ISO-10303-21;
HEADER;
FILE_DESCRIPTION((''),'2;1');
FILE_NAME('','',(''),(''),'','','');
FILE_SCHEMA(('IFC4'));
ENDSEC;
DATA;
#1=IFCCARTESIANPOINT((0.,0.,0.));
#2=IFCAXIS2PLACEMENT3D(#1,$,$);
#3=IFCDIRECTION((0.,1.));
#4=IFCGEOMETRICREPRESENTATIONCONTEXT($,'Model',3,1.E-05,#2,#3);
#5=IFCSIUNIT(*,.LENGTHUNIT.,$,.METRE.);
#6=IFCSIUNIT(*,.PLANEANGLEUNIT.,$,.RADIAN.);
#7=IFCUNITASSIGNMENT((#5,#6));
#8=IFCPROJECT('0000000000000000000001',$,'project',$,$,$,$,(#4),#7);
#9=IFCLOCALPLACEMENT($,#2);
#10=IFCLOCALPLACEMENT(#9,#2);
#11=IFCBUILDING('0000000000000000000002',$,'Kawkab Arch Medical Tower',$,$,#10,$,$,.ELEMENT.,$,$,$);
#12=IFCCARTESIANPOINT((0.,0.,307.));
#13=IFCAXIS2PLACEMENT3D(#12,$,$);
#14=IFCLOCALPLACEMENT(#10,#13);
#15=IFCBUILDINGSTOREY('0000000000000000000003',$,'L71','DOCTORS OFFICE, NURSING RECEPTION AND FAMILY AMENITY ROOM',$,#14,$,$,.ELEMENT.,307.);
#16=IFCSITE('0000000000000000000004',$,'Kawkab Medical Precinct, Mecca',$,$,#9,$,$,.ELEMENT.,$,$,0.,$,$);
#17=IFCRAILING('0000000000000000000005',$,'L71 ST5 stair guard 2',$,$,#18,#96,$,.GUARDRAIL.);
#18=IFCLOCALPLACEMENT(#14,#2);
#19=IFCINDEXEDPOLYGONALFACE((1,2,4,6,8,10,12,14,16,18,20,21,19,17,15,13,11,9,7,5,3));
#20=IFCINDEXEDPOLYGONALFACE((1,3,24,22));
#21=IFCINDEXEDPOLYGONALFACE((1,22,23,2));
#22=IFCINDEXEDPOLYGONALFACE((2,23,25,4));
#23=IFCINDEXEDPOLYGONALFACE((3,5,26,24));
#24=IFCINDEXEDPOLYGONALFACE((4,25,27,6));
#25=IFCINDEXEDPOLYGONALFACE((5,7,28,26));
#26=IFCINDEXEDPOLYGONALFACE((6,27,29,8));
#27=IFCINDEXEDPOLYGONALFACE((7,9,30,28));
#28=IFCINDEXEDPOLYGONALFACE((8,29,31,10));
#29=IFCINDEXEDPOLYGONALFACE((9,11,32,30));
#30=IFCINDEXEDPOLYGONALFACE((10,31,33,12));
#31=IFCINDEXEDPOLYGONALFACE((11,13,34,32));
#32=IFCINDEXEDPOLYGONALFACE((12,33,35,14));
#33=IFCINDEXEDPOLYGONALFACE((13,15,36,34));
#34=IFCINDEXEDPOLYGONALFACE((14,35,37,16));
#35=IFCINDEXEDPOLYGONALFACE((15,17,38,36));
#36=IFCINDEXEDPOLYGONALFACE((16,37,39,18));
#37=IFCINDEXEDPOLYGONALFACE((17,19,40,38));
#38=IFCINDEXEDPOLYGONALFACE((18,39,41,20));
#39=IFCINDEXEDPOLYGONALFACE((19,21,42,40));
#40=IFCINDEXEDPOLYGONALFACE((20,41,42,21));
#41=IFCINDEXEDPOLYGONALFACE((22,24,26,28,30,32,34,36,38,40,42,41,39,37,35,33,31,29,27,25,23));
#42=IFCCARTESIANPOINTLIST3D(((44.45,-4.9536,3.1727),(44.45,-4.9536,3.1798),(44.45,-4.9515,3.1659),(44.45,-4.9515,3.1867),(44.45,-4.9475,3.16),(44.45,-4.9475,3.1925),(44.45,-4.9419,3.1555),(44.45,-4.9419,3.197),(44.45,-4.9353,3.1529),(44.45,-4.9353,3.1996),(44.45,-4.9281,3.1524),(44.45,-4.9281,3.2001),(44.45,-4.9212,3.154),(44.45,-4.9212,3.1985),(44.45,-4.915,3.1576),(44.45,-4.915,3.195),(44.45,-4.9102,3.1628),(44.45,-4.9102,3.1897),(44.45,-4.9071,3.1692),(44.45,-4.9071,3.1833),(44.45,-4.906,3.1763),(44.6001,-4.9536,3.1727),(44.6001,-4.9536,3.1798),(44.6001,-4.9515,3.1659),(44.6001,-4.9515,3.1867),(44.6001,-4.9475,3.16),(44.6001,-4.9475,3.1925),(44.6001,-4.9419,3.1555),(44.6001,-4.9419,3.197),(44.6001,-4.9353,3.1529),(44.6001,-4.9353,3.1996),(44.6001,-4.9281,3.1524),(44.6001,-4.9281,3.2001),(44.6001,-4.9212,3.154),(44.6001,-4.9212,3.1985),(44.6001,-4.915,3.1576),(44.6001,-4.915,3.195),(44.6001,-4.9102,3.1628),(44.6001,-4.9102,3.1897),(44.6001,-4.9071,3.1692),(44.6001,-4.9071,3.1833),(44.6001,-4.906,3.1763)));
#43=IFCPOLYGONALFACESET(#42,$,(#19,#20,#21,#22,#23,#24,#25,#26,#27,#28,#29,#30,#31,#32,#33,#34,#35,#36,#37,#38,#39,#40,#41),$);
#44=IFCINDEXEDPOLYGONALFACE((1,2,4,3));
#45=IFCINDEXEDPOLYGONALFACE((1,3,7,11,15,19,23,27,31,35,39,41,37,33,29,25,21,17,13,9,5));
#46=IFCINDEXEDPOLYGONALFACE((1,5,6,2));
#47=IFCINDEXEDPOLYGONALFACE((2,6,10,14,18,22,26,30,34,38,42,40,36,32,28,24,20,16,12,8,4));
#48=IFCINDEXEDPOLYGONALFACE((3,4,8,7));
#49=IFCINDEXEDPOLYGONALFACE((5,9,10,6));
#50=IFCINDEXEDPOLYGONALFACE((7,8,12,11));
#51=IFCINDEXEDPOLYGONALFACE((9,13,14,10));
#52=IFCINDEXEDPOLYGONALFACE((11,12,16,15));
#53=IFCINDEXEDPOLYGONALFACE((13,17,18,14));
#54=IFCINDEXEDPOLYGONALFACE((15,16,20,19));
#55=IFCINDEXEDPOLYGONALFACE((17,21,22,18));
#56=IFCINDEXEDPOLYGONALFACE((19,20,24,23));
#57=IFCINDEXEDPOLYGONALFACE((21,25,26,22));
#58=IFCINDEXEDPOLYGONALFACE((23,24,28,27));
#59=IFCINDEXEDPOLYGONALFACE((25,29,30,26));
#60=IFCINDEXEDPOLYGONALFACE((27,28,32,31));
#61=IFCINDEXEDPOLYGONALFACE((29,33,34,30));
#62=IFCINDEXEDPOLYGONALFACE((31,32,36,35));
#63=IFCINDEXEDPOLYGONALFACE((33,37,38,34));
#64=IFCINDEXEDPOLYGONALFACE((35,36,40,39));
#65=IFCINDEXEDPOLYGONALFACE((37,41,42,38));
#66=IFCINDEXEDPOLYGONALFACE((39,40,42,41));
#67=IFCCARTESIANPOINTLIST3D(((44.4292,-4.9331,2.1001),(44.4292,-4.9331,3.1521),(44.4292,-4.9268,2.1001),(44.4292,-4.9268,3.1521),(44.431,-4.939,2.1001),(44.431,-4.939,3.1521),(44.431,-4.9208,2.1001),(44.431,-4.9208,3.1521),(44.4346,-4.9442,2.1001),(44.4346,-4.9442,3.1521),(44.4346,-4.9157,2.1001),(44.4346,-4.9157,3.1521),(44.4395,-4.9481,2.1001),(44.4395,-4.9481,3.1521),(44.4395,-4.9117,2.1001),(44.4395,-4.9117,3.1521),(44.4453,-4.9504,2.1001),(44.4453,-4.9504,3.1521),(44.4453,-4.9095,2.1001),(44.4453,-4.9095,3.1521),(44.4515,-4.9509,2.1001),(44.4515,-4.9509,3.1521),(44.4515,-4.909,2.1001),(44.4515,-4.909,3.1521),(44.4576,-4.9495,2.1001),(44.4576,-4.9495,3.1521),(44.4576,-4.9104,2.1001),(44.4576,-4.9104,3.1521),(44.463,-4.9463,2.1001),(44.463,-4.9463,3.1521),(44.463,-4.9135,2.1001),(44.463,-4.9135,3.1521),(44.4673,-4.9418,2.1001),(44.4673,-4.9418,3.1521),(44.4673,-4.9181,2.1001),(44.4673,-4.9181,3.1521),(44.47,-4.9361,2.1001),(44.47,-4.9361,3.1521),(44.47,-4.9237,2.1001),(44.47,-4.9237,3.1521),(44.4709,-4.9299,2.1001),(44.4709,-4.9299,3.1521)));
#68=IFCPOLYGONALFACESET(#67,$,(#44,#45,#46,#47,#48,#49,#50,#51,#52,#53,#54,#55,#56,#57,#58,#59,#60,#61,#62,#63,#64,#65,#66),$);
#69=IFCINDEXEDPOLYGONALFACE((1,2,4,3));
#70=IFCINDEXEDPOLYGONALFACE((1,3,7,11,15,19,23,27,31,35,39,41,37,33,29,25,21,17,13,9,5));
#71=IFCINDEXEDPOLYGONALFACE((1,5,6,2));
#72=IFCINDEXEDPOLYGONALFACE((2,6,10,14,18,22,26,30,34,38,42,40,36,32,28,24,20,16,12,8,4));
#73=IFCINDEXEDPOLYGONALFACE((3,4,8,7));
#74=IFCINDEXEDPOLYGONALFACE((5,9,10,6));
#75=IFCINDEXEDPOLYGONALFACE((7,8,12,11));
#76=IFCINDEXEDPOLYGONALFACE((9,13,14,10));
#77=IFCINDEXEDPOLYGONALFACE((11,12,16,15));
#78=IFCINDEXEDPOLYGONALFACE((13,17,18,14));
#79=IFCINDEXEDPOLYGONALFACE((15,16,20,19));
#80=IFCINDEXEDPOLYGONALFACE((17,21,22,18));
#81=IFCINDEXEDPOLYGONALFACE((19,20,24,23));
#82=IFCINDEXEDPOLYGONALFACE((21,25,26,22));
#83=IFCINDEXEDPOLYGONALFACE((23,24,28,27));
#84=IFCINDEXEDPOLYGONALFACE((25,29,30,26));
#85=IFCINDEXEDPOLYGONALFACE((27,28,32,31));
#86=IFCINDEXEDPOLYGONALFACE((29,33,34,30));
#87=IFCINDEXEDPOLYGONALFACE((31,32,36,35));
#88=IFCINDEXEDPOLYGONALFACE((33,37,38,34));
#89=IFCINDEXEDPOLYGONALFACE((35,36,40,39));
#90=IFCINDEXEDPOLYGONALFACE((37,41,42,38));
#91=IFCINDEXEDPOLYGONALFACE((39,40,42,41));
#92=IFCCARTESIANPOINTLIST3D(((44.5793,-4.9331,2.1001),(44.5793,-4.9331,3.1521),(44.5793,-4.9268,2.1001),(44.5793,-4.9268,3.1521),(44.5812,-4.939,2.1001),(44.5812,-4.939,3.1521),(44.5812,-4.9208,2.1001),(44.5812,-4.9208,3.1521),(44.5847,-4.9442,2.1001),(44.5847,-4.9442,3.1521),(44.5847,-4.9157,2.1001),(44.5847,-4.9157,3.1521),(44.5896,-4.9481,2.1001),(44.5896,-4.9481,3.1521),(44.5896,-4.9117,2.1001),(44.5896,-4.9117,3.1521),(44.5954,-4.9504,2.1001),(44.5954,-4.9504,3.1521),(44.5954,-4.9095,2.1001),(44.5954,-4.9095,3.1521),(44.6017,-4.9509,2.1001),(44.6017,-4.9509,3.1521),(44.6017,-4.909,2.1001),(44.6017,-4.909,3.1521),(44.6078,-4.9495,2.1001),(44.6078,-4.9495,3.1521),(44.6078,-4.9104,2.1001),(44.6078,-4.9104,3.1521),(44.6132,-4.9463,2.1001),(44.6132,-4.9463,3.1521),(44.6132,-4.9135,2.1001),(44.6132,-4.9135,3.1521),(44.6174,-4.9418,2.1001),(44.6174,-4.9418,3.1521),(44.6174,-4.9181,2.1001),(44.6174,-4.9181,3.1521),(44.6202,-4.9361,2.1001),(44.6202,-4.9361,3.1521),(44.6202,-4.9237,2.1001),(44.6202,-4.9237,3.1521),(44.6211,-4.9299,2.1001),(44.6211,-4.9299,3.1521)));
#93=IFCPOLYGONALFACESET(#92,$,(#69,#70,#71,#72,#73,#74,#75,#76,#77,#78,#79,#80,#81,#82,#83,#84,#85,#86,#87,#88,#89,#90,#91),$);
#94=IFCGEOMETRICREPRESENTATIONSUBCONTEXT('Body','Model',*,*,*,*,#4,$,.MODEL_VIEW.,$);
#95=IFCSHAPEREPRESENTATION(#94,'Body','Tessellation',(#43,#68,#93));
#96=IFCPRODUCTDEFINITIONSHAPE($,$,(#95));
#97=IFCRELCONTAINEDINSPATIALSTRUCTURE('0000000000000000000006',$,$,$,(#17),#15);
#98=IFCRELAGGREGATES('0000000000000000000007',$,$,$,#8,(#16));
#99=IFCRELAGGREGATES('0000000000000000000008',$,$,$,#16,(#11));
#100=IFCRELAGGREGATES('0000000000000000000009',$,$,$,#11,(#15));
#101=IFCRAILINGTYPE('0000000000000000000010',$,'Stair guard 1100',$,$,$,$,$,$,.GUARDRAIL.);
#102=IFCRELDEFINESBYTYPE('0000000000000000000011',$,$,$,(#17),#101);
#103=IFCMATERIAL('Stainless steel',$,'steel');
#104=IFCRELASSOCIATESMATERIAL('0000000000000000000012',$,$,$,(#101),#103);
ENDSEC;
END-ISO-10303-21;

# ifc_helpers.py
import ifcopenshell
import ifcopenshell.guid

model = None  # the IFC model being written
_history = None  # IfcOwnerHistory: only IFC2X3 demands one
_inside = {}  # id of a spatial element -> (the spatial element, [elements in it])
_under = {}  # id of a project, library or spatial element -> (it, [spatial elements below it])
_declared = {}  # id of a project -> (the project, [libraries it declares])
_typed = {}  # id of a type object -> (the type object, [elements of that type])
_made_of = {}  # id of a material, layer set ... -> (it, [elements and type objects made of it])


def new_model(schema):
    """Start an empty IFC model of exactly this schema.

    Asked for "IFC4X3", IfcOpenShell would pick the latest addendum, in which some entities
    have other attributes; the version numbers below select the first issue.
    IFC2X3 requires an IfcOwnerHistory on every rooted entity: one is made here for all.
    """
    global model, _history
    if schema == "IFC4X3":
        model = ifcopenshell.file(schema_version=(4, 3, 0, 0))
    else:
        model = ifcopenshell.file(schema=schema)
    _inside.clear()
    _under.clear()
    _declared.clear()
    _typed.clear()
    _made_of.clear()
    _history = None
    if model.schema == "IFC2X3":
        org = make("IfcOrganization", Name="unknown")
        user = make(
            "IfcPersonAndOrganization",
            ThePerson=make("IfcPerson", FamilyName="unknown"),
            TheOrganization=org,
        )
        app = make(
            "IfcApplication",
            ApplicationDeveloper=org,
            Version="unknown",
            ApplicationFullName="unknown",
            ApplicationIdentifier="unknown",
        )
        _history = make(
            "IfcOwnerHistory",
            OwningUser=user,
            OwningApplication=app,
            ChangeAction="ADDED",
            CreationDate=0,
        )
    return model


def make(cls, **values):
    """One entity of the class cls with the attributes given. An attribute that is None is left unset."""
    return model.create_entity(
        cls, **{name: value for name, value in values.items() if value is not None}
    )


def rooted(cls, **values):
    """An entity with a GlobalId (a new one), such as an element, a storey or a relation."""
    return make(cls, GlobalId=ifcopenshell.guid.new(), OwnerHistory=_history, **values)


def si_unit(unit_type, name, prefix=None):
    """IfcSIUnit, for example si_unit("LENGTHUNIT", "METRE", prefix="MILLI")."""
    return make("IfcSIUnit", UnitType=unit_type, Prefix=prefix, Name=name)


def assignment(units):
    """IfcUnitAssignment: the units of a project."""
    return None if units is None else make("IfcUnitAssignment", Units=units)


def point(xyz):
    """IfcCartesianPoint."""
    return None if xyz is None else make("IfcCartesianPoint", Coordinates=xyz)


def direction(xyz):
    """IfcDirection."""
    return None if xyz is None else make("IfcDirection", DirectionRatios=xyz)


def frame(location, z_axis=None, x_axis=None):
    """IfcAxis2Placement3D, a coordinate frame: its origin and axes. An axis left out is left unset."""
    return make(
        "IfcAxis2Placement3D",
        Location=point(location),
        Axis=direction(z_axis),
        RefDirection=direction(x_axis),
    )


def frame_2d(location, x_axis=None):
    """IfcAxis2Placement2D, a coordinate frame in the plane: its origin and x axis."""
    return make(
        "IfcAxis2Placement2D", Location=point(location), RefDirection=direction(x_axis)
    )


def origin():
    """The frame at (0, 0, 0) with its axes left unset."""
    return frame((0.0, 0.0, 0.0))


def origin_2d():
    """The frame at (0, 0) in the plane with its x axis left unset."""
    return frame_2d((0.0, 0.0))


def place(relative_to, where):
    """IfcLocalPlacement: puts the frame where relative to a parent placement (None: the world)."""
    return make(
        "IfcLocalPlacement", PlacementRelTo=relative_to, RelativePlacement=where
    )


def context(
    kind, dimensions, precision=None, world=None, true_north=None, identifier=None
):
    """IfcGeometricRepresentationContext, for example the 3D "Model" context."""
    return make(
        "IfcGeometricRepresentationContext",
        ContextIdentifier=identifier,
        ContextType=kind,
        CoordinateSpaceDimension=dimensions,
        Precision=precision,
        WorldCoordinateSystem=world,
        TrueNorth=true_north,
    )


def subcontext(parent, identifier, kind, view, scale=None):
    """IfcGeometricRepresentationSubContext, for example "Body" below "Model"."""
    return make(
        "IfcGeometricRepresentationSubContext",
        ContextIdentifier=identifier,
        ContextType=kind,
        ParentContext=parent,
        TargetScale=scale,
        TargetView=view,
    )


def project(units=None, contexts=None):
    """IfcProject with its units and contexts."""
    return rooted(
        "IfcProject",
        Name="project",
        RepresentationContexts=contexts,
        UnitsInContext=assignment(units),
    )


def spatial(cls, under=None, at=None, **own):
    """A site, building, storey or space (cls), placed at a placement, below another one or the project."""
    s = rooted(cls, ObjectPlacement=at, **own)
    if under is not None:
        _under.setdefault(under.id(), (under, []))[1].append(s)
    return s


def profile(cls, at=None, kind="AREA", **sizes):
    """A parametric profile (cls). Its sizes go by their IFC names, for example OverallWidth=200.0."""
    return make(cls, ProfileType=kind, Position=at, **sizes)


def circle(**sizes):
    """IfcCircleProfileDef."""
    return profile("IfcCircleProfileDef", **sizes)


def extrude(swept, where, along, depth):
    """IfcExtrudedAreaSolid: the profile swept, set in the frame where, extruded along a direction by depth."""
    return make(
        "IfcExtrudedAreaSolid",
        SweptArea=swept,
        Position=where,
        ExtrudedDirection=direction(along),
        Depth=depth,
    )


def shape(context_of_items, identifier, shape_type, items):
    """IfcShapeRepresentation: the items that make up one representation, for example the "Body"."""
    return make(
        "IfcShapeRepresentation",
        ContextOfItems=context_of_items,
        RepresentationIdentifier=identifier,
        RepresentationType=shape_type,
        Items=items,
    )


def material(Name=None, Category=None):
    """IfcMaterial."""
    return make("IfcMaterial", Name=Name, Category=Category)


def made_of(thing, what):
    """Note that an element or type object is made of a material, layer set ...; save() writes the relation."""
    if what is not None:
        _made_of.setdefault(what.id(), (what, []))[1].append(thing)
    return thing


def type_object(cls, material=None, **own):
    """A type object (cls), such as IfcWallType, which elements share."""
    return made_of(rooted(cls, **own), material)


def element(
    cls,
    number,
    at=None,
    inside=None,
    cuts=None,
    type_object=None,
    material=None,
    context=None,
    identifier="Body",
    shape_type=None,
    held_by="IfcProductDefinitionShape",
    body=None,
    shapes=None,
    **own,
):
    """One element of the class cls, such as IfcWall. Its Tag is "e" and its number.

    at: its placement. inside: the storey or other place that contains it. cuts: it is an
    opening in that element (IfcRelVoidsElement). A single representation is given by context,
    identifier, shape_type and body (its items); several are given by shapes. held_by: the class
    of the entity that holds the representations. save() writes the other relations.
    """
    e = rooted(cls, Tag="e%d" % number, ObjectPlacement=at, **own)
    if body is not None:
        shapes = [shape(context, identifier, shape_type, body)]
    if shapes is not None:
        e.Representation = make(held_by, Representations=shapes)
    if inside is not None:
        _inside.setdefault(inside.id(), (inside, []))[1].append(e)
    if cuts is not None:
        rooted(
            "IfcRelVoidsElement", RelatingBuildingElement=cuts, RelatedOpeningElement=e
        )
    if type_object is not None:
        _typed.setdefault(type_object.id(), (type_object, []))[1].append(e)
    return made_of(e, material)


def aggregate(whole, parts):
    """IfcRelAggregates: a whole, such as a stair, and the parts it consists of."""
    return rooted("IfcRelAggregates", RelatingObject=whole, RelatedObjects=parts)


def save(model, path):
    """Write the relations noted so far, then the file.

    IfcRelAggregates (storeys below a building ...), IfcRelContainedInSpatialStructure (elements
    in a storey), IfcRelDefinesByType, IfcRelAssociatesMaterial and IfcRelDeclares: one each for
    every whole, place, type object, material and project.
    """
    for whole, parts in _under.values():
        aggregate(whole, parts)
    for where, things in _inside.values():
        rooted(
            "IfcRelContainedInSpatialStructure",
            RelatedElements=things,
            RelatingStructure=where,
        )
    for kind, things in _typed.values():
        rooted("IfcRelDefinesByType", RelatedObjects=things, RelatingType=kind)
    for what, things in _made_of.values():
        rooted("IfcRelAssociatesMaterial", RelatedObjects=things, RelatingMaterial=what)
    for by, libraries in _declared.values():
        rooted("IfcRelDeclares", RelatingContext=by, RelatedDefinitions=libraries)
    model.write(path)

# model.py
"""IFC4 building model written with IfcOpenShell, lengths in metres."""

from ifc_helpers import new_model, si_unit, direction, frame, origin, origin_2d, place, context, subcontext, project, spatial, circle, extrude, material, type_object, element, save


model = new_model("IFC4")

# Units and contexts
model_context = context("Model", 3, precision=1e-05, world=origin(), true_north=direction((0.0, 1.0)))
body_context = subcontext(model_context, "Body", "Model", "MODEL_VIEW")
ifc_project = project(units=[si_unit("LENGTHUNIT", "METRE"), si_unit("PLANEANGLEUNIT", "RADIAN")], contexts=[model_context])

# Site, building, storey
site_placement = place(None, origin())
site = spatial("IfcSite", under=ifc_project, at=site_placement, Name="Kawkab Medical Precinct, Mecca", CompositionType="ELEMENT", RefElevation=0.0)
building_placement = place(site_placement, origin())
building = spatial("IfcBuilding", under=site, at=building_placement, Name="Kawkab Arch Medical Tower", CompositionType="ELEMENT")
storey_placement = place(building_placement, frame((0.0, 0.0, 307.0)))
storey = spatial("IfcBuildingStorey", under=building, at=storey_placement, Name="L71", Description="DOCTORS OFFICE, NURSING RECEPTION AND FAMILY AMENITY ROOM", CompositionType="ELEMENT", Elevation=307.0)

# Railing
ifc_material_1 = material(Name="Stainless steel", Category="steel")
railing_type = type_object("IfcRailingType", Name="Stair guard 1100", PredefinedType="GUARDRAIL", material=ifc_material_1)
railing_1_placement = place(storey_placement, frame((44.45, -4.9299, 2.1001)))
element("IfcRailing", 1, at=railing_1_placement, inside=storey, type_object=railing_type, Name="L71 ST5 stair guard 2", PredefinedType="GUARDRAIL", context=body_context, shape_type="SweptSolid", body=[
    extrude(circle(Radius=0.0239, at=origin_2d()), frame((0.0, 0.0, 1.0762), z_axis=(1.0, 0.0, 0.0), x_axis=(0.0, 1.0, 0.0)), (0.0, 0.0, 1.0), 0.1501),
    extrude(circle(Radius=0.021, at=origin_2d()), origin(), (0.0, 0.0, 1.0), 1.052),
    extrude(circle(Radius=0.021, at=origin_2d()), frame((0.1501, 0.0, 0.0)), (0.0, 0.0, 1.0), 1.052),
])

save(model, "model.ifc")
